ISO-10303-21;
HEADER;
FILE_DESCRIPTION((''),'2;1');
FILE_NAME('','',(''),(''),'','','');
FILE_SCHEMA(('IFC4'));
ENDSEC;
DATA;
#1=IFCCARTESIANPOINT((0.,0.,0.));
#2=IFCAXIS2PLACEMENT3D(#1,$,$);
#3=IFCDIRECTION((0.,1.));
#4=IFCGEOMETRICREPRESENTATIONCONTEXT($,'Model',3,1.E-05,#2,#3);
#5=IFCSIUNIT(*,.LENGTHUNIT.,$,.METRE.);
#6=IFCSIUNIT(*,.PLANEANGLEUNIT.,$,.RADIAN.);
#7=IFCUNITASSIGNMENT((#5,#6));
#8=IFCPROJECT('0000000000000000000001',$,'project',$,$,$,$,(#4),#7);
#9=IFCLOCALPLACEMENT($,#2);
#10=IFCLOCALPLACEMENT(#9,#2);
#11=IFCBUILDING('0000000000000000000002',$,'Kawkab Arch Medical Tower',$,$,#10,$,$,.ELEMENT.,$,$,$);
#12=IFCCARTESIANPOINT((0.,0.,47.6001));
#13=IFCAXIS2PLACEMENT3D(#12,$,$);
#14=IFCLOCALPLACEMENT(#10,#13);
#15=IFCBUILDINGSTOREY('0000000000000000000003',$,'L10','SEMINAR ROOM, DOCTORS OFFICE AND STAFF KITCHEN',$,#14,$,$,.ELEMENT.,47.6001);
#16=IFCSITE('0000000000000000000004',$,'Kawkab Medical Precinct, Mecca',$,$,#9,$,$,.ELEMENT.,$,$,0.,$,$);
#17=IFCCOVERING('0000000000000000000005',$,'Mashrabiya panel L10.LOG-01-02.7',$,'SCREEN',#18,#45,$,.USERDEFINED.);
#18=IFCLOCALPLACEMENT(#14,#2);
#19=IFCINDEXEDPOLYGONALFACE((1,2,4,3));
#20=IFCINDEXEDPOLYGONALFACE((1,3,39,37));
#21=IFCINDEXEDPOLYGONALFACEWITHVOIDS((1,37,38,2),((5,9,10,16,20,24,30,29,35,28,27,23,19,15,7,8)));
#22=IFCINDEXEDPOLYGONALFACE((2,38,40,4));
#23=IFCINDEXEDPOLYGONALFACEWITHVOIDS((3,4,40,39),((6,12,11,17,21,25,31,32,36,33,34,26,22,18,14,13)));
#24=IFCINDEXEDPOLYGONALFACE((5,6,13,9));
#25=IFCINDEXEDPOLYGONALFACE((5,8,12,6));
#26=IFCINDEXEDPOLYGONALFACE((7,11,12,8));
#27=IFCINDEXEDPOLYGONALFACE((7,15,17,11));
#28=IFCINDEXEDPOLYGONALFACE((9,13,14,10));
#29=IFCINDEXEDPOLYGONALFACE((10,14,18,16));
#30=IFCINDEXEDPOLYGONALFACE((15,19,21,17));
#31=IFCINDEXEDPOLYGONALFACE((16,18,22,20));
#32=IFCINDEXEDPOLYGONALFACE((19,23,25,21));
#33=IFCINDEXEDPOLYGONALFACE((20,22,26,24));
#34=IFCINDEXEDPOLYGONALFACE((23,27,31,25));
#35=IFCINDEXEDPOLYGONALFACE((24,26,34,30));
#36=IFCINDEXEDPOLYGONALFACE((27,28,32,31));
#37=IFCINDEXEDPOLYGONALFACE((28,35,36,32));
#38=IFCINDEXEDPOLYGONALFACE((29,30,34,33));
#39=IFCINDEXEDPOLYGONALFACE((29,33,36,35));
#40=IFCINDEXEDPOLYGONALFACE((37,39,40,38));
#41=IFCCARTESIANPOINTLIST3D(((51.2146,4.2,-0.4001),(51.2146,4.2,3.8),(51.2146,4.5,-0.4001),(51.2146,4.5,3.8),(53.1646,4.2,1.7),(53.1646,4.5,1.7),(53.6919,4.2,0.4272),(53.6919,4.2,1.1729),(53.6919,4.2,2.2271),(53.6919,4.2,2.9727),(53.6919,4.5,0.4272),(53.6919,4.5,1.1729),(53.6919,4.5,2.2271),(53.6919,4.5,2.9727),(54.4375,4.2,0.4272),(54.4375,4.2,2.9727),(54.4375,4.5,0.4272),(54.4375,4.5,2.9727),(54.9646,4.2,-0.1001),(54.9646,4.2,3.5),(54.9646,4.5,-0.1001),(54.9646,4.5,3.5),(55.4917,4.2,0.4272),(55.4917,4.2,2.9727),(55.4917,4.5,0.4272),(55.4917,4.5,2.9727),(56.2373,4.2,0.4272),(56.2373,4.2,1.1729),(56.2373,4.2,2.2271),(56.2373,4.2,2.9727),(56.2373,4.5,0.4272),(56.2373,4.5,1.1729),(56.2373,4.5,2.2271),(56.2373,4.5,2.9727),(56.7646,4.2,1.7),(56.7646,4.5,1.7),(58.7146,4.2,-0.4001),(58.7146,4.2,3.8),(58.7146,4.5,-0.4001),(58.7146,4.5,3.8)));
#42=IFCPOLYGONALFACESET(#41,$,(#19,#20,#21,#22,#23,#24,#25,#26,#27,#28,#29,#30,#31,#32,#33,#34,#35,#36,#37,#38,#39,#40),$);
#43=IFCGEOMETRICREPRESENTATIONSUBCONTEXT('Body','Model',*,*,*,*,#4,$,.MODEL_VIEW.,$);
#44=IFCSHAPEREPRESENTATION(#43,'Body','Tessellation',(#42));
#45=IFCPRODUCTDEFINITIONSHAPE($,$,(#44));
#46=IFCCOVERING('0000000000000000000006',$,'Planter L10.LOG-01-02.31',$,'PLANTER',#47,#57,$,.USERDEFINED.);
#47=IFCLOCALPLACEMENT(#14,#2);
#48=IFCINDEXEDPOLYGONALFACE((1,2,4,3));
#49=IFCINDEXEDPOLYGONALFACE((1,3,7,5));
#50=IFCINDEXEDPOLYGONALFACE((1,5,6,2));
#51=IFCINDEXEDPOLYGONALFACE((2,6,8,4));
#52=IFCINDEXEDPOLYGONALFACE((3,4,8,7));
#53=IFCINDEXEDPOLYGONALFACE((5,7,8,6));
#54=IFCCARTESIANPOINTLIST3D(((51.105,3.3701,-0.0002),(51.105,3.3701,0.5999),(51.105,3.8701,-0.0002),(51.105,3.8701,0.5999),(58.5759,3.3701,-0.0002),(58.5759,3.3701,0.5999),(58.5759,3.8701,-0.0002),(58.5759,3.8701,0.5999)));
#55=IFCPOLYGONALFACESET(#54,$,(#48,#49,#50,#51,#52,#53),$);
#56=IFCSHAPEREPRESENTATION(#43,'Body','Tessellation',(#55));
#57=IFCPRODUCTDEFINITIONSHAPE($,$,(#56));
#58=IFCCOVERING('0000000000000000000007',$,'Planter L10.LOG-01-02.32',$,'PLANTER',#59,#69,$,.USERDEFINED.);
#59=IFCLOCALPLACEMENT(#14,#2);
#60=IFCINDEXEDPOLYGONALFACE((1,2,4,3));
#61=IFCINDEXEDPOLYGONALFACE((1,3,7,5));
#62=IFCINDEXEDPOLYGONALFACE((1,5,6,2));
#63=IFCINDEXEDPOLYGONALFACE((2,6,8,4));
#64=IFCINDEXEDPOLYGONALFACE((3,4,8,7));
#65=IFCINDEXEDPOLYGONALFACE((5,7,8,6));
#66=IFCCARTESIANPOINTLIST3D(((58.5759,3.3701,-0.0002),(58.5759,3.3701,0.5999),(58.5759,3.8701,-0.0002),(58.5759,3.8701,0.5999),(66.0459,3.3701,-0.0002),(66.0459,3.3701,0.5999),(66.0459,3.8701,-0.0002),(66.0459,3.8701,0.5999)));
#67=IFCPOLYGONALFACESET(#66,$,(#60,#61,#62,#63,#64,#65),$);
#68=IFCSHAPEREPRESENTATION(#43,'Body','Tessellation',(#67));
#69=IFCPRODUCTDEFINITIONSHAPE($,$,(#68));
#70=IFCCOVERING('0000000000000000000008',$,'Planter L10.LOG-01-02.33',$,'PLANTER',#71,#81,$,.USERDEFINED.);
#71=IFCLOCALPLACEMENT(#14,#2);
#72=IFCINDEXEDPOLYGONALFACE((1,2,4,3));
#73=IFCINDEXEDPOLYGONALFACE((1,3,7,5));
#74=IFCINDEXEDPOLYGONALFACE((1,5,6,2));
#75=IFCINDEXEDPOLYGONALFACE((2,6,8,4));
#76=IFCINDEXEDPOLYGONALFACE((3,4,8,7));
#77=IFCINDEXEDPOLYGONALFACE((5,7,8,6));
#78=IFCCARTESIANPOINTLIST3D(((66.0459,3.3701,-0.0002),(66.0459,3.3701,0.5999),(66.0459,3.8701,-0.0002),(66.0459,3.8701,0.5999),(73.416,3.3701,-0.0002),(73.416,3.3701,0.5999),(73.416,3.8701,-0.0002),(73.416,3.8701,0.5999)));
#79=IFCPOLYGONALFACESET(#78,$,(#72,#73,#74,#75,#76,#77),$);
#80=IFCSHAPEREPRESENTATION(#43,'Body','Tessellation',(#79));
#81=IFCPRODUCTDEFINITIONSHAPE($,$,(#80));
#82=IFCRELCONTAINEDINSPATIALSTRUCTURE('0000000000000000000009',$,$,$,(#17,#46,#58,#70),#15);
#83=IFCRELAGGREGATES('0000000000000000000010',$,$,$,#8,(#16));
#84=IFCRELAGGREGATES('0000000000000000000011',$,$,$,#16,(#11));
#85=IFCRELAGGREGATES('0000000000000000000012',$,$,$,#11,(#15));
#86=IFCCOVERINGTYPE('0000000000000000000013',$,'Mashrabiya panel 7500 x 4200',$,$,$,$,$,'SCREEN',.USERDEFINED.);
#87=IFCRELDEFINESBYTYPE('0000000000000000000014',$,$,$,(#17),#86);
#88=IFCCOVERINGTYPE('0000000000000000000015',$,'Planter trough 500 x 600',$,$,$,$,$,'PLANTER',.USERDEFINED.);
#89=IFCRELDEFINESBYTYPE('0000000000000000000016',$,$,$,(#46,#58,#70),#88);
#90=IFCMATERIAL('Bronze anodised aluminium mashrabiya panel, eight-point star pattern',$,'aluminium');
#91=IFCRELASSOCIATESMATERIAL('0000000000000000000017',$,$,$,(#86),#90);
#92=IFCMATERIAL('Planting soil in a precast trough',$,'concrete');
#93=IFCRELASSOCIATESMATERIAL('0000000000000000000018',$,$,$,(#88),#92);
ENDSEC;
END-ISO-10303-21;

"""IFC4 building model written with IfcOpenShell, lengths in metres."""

from ifc_helpers import new_model, si_unit, direction, frame, origin, origin_2d, place, context, subcontext, project, spatial, polyline, rectangle, outline, extrude, material, material_profile, profile_set, type_object, element, save


model = new_model("IFC4")

# Units and contexts
model_context = context("Model", 3, precision=1e-05, world=origin(), true_north=direction((0.0, 1.0)))
body_context = subcontext(model_context, "Body", "Model", "MODEL_VIEW")
ifc_project = project(units=[si_unit("LENGTHUNIT", "METRE"), si_unit("PLANEANGLEUNIT", "RADIAN")], contexts=[model_context])

# Site, building, storey
site_placement = place(None, origin())
site = spatial("IfcSite", under=ifc_project, at=site_placement, Name="Kawkab Medical Precinct, Mecca", CompositionType="ELEMENT", RefElevation=0.0)
building_placement = place(site_placement, origin())
building = spatial("IfcBuilding", under=site, at=building_placement, Name="Kawkab Arch Medical Tower", CompositionType="ELEMENT")
storey_placement = place(building_placement, frame((0.0, 0.0, 47.6001)))
storey = spatial("IfcBuildingStorey", under=building, at=storey_placement, Name="L10", Description="SEMINAR ROOM, DOCTORS OFFICE AND STAFF KITCHEN", CompositionType="ELEMENT", Elevation=47.6001)

# Coverings
ifc_material_1 = material(Name="Bronze anodised aluminium mashrabiya panel, eight-point star pattern", Category="aluminium")
ifc_material_profile_1 = material_profile(ifc_material_1, outline(polyline([(-3.75, -2.1001), (3.75, -2.1001), (3.75, 2.1001), (-3.75, 2.1001), (-3.75, -2.1001)]), holes=[polyline([(1.8, 0.0), (1.2727, 0.5271), (1.2727, 1.2727), (0.5271, 1.2727), (0.0, 1.8), (-0.5271, 1.2727), (-1.2727, 1.2727), (-1.2727, 0.5271), (-1.8, 0.0), (-1.2727, -0.5271), (-1.2727, -1.2727), (-0.5271, -1.2727), (0.0, -1.8), (0.5271, -1.2727), (1.2727, -1.2727), (1.2727, -0.5271), (1.8, 0.0)])]), Name="Mashrabiya panel 7500x4200")
ifc_profile_set_1 = profile_set([ifc_material_profile_1], Name="Bronze anodised aluminium mashrabiya panel, eight-point star pattern")
covering_type_1 = type_object("IfcCoveringType", Name="Mashrabiya panel 7500 x 4200", ElementType="SCREEN", PredefinedType="USERDEFINED", material=ifc_profile_set_1)
covering_1_placement = place(storey_placement, frame((54.9646, 4.2, 1.7), z_axis=(0.0, 1.0, 0.0), x_axis=(-1.0, 0.0, 0.0)))
element("IfcCovering", 1, at=covering_1_placement, inside=storey, type_object=covering_type_1, Name="Mashrabiya panel L10.LOG-01-02.7", ObjectType="SCREEN", PredefinedType="USERDEFINED", context=body_context, shape_type="SweptSolid", body=[
    extrude(outline(polyline([(-3.75, -2.1001), (3.75, -2.1001), (3.75, 2.1001), (-3.75, 2.1001), (-3.75, -2.1001)]), holes=[polyline([(1.8, 0.0), (1.2727, 0.5271), (1.2727, 1.2727), (0.5271, 1.2727), (0.0, 1.8), (-0.5271, 1.2727), (-1.2727, 1.2727), (-1.2727, 0.5271), (-1.8, 0.0), (-1.2727, -0.5271), (-1.2727, -1.2727), (-0.5271, -1.2727), (0.0, -1.8), (0.5271, -1.2727), (1.2727, -1.2727), (1.2727, -0.5271), (1.8, 0.0)])]), origin(), (0.0, 0.0, 1.0), 0.3),
])
ifc_material_2 = material(Name="Planting soil in a precast trough", Category="concrete")
ifc_material_profile_2 = material_profile(ifc_material_2, rectangle(XDim=0.5, YDim=0.6001, at=origin_2d()), Name="Trough 500x600")
ifc_profile_set_2 = profile_set([ifc_material_profile_2], Name="Planting soil in a precast trough")
covering_type_2 = type_object("IfcCoveringType", Name="Planter trough 500 x 600", ElementType="PLANTER", PredefinedType="USERDEFINED", material=ifc_profile_set_2)
covering_2_placement = place(storey_placement, frame((51.105, 3.6201, 0.2998), z_axis=(1.0, 0.0, 0.0), x_axis=(0.0, 1.0, 0.0)))
element("IfcCovering", 2, at=covering_2_placement, inside=storey, type_object=covering_type_2, Name="Planter L10.LOG-01-02.31", ObjectType="PLANTER", PredefinedType="USERDEFINED", context=body_context, shape_type="SweptSolid", body=[
    extrude(rectangle(XDim=0.5, YDim=0.6001, at=origin_2d()), origin(), (0.0, 0.0, 1.0), 7.4709),
])
covering_3_placement = place(storey_placement, frame((58.5759, 3.6201, 0.2998), z_axis=(1.0, 0.0, 0.0), x_axis=(0.0, 1.0, 0.0)))
element("IfcCovering", 3, at=covering_3_placement, inside=storey, type_object=covering_type_2, Name="Planter L10.LOG-01-02.32", ObjectType="PLANTER", PredefinedType="USERDEFINED", context=body_context, shape_type="SweptSolid", body=[
    extrude(rectangle(XDim=0.5, YDim=0.6001, at=origin_2d()), origin(), (0.0, 0.0, 1.0), 7.47),
])
covering_4_placement = place(storey_placement, frame((66.0459, 3.6201, 0.2998), z_axis=(1.0, 0.0, 0.0), x_axis=(0.0, 1.0, 0.0)))
element("IfcCovering", 4, at=covering_4_placement, inside=storey, type_object=covering_type_2, Name="Planter L10.LOG-01-02.33", ObjectType="PLANTER", PredefinedType="USERDEFINED", context=body_context, shape_type="SweptSolid", body=[
    extrude(rectangle(XDim=0.5, YDim=0.6001, at=origin_2d()), origin(), (0.0, 0.0, 1.0), 7.3701),
])

save(model, "model.ifc")
